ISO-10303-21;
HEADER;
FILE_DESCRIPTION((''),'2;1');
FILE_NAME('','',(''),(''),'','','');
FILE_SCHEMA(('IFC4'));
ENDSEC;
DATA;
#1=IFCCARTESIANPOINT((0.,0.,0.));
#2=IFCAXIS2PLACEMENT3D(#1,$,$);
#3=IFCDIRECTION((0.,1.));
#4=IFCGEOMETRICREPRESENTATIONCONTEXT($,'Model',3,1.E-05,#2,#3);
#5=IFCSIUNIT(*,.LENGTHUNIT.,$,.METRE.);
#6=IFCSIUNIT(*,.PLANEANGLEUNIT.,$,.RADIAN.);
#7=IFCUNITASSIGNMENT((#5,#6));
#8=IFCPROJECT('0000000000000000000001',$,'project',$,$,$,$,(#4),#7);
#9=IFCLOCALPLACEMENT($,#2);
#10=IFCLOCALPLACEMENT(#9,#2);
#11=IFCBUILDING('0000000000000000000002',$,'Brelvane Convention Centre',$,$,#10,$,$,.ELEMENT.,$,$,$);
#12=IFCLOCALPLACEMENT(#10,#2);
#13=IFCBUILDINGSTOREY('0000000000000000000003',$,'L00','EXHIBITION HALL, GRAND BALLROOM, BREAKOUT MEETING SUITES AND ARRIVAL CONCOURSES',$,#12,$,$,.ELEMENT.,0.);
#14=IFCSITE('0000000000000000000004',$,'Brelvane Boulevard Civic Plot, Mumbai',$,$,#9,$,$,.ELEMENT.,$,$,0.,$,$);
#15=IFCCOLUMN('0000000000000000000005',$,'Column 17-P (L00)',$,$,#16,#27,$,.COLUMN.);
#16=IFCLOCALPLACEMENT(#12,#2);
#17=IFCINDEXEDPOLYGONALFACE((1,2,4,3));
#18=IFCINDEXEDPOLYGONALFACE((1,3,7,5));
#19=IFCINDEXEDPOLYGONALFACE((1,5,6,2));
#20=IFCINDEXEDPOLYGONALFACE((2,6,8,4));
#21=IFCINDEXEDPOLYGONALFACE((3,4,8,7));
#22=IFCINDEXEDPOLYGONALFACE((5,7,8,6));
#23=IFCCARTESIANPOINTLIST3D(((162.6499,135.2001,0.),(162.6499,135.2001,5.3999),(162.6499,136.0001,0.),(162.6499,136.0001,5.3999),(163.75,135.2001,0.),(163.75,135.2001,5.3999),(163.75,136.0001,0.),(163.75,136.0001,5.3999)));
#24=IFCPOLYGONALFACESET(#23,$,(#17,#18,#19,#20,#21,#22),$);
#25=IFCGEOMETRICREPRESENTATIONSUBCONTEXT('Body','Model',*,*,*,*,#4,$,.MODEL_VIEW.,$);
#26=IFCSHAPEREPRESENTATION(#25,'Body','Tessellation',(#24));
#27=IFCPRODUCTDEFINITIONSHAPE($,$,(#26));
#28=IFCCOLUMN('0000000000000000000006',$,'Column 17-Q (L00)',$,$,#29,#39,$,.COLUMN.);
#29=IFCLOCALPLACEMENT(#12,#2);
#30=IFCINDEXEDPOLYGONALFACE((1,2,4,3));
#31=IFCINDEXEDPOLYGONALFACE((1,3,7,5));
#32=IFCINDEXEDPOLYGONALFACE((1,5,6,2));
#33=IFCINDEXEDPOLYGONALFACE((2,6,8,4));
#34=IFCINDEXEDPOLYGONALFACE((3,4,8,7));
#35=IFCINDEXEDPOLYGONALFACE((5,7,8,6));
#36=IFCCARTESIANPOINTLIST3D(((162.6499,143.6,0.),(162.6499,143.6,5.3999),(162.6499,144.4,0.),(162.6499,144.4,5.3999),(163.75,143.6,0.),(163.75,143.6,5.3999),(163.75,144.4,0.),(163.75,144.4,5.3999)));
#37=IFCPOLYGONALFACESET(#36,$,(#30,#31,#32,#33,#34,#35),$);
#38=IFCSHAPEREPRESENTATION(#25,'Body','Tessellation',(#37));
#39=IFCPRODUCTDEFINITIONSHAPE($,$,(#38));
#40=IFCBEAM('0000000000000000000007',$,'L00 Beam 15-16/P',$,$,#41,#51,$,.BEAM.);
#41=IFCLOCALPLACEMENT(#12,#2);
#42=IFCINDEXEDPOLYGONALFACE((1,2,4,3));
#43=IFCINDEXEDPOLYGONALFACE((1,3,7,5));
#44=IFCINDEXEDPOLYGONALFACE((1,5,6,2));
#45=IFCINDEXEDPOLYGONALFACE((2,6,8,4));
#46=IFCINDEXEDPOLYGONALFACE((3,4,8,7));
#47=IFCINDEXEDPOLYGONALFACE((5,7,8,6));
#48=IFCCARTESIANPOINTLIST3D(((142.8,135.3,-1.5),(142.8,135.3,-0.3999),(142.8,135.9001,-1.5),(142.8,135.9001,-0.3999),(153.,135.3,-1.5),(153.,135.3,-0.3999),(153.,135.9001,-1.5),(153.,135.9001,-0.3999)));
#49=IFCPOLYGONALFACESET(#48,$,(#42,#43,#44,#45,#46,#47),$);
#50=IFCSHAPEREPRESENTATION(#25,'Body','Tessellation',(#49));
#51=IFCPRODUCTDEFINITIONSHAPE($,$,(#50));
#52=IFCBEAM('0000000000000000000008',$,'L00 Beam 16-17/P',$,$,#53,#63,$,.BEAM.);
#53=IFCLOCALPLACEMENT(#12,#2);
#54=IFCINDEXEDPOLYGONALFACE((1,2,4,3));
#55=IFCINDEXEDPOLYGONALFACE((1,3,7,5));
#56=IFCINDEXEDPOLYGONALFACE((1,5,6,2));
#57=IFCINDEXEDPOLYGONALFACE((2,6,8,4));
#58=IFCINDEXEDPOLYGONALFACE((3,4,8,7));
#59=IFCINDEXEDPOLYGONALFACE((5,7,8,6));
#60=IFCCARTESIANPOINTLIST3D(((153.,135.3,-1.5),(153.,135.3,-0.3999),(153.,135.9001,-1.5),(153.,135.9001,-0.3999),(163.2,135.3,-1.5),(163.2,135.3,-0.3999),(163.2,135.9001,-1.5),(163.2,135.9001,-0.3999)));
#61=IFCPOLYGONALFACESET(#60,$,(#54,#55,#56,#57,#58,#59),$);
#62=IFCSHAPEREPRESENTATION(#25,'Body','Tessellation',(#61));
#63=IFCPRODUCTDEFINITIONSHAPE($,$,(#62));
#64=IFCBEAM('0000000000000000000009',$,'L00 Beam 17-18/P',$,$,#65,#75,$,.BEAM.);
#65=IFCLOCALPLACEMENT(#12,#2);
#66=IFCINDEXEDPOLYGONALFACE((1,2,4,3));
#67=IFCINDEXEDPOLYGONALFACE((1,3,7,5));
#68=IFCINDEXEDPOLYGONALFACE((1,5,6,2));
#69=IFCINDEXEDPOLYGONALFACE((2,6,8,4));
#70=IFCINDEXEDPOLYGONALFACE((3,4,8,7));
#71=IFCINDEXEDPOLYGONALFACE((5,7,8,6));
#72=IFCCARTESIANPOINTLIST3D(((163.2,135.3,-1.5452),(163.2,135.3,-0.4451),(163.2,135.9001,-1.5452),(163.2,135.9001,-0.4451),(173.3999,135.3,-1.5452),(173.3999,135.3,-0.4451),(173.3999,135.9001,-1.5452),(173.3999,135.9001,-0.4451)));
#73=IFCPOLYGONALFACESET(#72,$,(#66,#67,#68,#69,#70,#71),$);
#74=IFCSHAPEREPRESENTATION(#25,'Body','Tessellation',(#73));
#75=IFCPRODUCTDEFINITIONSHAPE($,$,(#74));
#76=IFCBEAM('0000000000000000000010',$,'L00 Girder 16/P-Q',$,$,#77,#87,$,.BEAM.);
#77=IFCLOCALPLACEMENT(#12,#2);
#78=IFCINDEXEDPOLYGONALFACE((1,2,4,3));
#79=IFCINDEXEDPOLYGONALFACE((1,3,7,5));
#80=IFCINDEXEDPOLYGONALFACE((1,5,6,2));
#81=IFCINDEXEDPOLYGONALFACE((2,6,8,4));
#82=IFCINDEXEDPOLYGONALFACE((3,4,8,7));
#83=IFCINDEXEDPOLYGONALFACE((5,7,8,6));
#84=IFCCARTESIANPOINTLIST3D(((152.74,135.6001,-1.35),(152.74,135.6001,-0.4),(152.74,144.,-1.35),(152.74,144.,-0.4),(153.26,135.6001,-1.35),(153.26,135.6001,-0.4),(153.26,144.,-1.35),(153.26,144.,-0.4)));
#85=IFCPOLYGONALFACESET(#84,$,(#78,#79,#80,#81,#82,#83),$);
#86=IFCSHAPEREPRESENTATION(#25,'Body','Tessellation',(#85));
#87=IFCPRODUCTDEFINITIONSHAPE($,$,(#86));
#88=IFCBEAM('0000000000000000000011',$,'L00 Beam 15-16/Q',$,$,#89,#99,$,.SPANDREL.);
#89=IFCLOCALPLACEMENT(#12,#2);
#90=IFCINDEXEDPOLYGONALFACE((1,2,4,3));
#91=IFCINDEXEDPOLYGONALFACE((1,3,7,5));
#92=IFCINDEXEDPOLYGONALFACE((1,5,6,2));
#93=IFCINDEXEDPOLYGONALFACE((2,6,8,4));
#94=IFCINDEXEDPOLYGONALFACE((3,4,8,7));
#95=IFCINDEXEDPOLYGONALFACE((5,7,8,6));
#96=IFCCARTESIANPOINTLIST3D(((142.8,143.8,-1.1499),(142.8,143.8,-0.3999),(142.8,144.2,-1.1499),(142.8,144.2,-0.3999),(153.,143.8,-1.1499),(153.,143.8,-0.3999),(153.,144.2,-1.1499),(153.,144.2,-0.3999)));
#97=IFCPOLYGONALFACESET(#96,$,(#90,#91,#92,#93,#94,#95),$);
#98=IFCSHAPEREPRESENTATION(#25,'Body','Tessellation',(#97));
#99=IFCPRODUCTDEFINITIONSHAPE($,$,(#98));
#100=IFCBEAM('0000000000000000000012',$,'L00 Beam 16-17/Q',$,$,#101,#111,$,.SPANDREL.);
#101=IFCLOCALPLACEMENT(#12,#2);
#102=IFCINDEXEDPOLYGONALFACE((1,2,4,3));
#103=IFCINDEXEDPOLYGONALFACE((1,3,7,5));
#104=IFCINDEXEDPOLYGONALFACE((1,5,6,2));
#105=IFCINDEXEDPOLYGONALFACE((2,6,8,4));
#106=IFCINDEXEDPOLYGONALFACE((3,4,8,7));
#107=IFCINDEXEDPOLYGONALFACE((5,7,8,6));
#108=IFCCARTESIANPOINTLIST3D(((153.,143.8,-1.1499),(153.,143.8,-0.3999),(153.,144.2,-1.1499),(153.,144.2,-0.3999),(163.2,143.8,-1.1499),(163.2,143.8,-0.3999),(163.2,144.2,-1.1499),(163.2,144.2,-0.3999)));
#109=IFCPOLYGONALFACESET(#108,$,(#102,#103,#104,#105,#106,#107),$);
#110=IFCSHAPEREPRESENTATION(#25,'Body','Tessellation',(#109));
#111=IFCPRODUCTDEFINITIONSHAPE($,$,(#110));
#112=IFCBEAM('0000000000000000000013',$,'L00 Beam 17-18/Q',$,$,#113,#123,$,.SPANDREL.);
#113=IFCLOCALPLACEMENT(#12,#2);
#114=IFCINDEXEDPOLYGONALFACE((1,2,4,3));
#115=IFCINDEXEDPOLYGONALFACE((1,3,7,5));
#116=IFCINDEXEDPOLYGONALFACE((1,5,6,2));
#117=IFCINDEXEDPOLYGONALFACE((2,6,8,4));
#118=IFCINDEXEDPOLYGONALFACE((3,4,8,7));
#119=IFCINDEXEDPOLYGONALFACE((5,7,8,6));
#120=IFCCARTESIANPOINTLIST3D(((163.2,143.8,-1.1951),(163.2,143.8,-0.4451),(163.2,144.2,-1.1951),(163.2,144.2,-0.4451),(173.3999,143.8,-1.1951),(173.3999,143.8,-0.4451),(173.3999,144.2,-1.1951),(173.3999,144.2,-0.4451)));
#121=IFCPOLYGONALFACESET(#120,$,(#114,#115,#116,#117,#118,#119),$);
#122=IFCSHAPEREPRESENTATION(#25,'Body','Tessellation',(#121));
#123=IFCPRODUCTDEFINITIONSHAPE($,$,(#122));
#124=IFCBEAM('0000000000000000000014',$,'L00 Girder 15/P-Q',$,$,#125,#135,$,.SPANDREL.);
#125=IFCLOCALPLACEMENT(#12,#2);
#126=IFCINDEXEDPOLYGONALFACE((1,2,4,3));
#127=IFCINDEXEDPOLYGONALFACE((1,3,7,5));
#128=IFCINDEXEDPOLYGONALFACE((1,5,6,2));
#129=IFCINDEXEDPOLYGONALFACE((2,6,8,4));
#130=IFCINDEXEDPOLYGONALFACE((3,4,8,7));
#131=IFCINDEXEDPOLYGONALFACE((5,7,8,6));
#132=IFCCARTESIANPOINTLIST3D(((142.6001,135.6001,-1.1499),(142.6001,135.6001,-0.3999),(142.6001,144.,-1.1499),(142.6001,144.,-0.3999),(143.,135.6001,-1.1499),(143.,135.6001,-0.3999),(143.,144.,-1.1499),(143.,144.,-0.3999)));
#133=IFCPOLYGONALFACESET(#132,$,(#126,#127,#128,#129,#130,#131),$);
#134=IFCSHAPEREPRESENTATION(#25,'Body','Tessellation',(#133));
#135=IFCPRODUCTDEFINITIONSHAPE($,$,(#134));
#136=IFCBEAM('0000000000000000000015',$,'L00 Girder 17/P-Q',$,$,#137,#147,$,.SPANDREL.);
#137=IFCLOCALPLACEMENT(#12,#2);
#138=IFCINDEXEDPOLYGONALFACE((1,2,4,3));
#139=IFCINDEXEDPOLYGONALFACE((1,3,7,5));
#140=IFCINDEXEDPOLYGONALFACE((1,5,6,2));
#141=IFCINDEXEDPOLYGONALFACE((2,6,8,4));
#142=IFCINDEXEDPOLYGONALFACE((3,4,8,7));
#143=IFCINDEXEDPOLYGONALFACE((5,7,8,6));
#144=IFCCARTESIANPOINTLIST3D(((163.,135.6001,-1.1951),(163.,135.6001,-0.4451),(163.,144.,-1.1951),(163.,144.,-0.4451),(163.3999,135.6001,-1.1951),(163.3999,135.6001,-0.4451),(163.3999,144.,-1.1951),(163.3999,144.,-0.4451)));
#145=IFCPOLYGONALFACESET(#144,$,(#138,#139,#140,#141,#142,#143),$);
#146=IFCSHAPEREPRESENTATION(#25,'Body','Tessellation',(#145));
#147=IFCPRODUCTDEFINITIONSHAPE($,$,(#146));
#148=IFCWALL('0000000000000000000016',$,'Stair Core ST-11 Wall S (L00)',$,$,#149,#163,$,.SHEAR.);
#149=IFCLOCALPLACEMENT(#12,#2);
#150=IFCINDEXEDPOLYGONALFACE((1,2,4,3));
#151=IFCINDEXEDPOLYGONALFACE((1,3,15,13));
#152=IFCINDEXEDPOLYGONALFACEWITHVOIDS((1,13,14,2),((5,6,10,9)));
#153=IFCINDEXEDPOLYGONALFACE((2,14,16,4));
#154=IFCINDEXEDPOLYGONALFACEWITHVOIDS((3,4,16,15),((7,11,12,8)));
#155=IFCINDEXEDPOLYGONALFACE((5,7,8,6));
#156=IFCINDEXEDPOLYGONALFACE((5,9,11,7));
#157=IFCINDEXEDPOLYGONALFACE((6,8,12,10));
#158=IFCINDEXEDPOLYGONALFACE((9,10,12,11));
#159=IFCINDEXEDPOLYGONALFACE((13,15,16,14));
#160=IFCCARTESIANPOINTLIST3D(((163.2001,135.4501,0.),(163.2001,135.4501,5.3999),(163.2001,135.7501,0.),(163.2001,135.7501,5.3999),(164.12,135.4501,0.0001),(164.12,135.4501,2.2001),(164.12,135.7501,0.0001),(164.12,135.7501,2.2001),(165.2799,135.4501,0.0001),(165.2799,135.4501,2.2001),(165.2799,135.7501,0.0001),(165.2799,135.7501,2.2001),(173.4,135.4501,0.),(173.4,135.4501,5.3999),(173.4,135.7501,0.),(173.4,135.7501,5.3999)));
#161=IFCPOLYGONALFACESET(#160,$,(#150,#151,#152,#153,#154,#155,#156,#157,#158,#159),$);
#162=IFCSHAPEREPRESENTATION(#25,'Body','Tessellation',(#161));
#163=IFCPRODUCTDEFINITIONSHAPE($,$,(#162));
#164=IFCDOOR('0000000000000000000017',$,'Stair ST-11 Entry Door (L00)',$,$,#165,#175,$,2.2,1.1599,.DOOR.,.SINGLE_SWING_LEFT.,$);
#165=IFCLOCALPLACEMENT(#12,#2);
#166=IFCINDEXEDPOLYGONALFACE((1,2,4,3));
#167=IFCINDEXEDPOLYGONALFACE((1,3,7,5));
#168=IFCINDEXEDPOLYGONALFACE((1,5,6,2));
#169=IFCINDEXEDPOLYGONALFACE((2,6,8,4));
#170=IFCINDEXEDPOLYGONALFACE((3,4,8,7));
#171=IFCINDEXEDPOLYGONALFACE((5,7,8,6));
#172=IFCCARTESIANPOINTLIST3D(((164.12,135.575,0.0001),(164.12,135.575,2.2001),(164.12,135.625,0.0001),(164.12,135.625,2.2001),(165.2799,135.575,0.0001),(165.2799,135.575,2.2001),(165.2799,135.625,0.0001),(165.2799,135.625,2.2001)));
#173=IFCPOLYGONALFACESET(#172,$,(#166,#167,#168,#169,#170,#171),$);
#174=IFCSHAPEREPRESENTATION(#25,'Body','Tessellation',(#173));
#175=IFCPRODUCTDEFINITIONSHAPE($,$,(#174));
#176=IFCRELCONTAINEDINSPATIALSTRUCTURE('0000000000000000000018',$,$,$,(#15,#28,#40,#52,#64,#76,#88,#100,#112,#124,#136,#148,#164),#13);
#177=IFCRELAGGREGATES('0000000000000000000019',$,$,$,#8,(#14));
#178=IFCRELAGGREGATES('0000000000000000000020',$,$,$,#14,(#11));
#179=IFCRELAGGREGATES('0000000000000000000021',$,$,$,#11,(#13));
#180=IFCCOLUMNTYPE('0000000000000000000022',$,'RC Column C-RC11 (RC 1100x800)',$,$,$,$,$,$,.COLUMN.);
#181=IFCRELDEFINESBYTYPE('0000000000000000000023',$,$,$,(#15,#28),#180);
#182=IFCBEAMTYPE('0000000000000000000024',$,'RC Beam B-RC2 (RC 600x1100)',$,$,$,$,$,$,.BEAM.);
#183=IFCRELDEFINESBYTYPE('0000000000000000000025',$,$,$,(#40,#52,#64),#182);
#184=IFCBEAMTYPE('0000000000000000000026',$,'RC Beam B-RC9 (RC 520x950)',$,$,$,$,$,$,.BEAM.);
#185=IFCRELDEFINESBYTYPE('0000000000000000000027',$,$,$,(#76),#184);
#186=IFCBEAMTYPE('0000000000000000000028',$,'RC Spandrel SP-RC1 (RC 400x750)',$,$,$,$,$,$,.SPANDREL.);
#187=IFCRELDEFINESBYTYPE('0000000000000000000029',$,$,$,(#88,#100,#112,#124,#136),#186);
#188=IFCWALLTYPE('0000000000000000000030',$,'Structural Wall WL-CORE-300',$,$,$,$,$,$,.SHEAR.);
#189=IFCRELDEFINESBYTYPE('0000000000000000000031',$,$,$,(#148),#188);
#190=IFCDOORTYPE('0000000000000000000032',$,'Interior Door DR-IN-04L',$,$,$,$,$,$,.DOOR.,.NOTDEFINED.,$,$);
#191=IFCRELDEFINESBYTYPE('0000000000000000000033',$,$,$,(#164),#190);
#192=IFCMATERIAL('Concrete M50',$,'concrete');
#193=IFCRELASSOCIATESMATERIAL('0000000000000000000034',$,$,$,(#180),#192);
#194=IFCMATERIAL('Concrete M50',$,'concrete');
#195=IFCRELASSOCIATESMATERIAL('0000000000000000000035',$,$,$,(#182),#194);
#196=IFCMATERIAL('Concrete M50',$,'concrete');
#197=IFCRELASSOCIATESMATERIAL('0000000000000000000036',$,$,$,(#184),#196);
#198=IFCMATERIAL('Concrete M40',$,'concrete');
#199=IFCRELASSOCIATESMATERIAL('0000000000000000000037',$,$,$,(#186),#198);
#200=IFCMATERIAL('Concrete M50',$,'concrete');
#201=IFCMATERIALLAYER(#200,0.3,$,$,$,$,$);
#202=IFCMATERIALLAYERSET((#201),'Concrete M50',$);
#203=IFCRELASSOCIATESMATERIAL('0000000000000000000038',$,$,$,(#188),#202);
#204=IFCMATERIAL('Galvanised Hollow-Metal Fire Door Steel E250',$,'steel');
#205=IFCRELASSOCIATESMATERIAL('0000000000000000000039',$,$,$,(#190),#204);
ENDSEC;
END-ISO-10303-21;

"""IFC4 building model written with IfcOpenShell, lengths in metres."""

from ifc_helpers import new_model, si_unit, direction, frame, frame_2d, origin, origin_2d, place, context, subcontext, project, spatial, rectangle, extrude, material, layer, layer_set, material_profile, profile_set, type_object, element, fill, save


model = new_model("IFC4")

# Units and contexts
model_context = context("Model", 3, precision=1e-05, world=origin(), true_north=direction((0.0, 1.0)))
body_context = subcontext(model_context, "Body", "Model", "MODEL_VIEW")
ifc_project = project(units=[si_unit("LENGTHUNIT", "METRE"), si_unit("PLANEANGLEUNIT", "RADIAN")], contexts=[model_context])

# Site, building, storey
site_placement = place(None, origin())
site = spatial("IfcSite", under=ifc_project, at=site_placement, Name="Brelvane Boulevard Civic Plot, Mumbai", CompositionType="ELEMENT", RefElevation=0.0)
building_placement = place(site_placement, origin())
building = spatial("IfcBuilding", under=site, at=building_placement, Name="Brelvane Convention Centre", CompositionType="ELEMENT")
storey_placement = place(building_placement, origin())
storey = spatial("IfcBuildingStorey", under=building, at=storey_placement, Name="L00", Description="EXHIBITION HALL, GRAND BALLROOM, BREAKOUT MEETING SUITES AND ARRIVAL CONCOURSES", CompositionType="ELEMENT", Elevation=0.0)

# Columns
ifc_material_1 = material(Name="Concrete M50", Category="concrete")
ifc_material_profile_1 = material_profile(ifc_material_1, rectangle(XDim=1.1001, YDim=0.8, at=origin_2d()), Name="RC 1100x800")
ifc_profile_set_1 = profile_set([ifc_material_profile_1], Name="Concrete M50")
column_type = type_object("IfcColumnType", Name="RC Column C-RC11 (RC 1100x800)", PredefinedType="COLUMN", material=ifc_profile_set_1)
for number, where, z_axis, x_axis, name in (
    (1, (163.2, 135.6001, 0.0), (0.0, 0.0, 1.0), (1.0, 0.0, 0.0), "Column 17-P (L00)"),
    (2, (163.2, 144.0, 0.0), (0.0, 0.0, 1.0), (1.0, 0.0, 0.0), "Column 17-Q (L00)"),
):
    element("IfcColumn", number, at=place(storey_placement, frame(where, z_axis=z_axis, x_axis=x_axis)), inside=storey, type_object=column_type, Name=name, PredefinedType="COLUMN", context=body_context, shape_type="SweptSolid", body=[
        extrude(rectangle(XDim=1.1001, YDim=0.8, at=origin_2d()), origin(), (0.0, 0.0, 1.0), 5.3999),
    ])

# Beams
ifc_material_2 = material(Name="Concrete M50", Category="concrete")
ifc_material_profile_2 = material_profile(ifc_material_2, rectangle(XDim=0.6001, YDim=1.1001, at=origin_2d()), Name="RC 600x1100")
ifc_profile_set_2 = profile_set([ifc_material_profile_2], Name="Concrete M50")
beam_type_1 = type_object("IfcBeamType", Name="RC Beam B-RC2 (RC 600x1100)", PredefinedType="BEAM", material=ifc_profile_set_2)
for number, where, z_axis, x_axis, name in (
    (3, (142.8, 135.6001, -0.95), (1.0, 0.0, 0.0), (0.0, 1.0, 0.0), "L00 Beam 15-16/P"),
    (4, (153.0, 135.6001, -0.95), (1.0, 0.0, 0.0), (0.0, 1.0, 0.0), "L00 Beam 16-17/P"),
    (5, (163.2, 135.6001, -0.9951), (1.0, 0.0, 0.0), (0.0, 1.0, 0.0), "L00 Beam 17-18/P"),
):
    element("IfcBeam", number, at=place(storey_placement, frame(where, z_axis=z_axis, x_axis=x_axis)), inside=storey, type_object=beam_type_1, Name=name, PredefinedType="BEAM", context=body_context, shape_type="SweptSolid", body=[
        extrude(rectangle(XDim=0.6001, YDim=1.1001, at=origin_2d()), origin(), (0.0, 0.0, 1.0), 10.2),
    ])
ifc_material_3 = material(Name="Concrete M50", Category="concrete")
ifc_material_profile_3 = material_profile(ifc_material_3, rectangle(XDim=0.52, YDim=0.95, at=origin_2d()), Name="RC 520x950")
ifc_profile_set_3 = profile_set([ifc_material_profile_3], Name="Concrete M50")
beam_type_2 = type_object("IfcBeamType", Name="RC Beam B-RC9 (RC 520x950)", PredefinedType="BEAM", material=ifc_profile_set_3)
beam_placement = place(storey_placement, frame((153.0, 135.6001, -0.875), z_axis=(0.0, 1.0, 0.0), x_axis=(-1.0, 0.0, 0.0)))
element("IfcBeam", 6, at=beam_placement, inside=storey, type_object=beam_type_2, Name="L00 Girder 16/P-Q", PredefinedType="BEAM", context=body_context, shape_type="SweptSolid", body=[
    extrude(rectangle(XDim=0.52, YDim=0.95, at=origin_2d()), origin(), (0.0, 0.0, 1.0), 8.3999),
])
ifc_material_4 = material(Name="Concrete M40", Category="concrete")
ifc_material_profile_4 = material_profile(ifc_material_4, rectangle(XDim=0.3999, YDim=0.75, at=origin_2d()), Name="RC 400x750")
ifc_profile_set_4 = profile_set([ifc_material_profile_4], Name="Concrete M40")
beam_type_3 = type_object("IfcBeamType", Name="RC Spandrel SP-RC1 (RC 400x750)", PredefinedType="SPANDREL", material=ifc_profile_set_4)
for number, where, z_axis, x_axis, name in (
    (7, (142.8, 144.0, -0.7749), (1.0, 0.0, 0.0), (0.0, 1.0, 0.0), "L00 Beam 15-16/Q"),
    (8, (153.0, 144.0, -0.7749), (1.0, 0.0, 0.0), (0.0, 1.0, 0.0), "L00 Beam 16-17/Q"),
    (9, (163.2, 144.0, -0.8201), (1.0, 0.0, 0.0), (0.0, 1.0, 0.0), "L00 Beam 17-18/Q"),
):
    element("IfcBeam", number, at=place(storey_placement, frame(where, z_axis=z_axis, x_axis=x_axis)), inside=storey, type_object=beam_type_3, Name=name, PredefinedType="SPANDREL", context=body_context, shape_type="SweptSolid", body=[
        extrude(rectangle(XDim=0.3999, YDim=0.75, at=origin_2d()), origin(), (0.0, 0.0, 1.0), 10.2),
    ])
for number, where, z_axis, x_axis, name in (
    (10, (142.8, 135.6001, -0.7749), (0.0, 1.0, 0.0), (-1.0, 0.0, 0.0), "L00 Girder 15/P-Q"),
    (11, (163.2, 135.6001, -0.8201), (0.0, 1.0, 0.0), (-1.0, 0.0, 0.0), "L00 Girder 17/P-Q"),
):
    element("IfcBeam", number, at=place(storey_placement, frame(where, z_axis=z_axis, x_axis=x_axis)), inside=storey, type_object=beam_type_3, Name=name, PredefinedType="SPANDREL", context=body_context, shape_type="SweptSolid", body=[
        extrude(rectangle(XDim=0.3999, YDim=0.75, at=origin_2d()), origin(), (0.0, 0.0, 1.0), 8.3999),
    ])

# Wall, opening, door
ifc_material_5 = material(Name="Concrete M50", Category="concrete")
ifc_layer = layer(ifc_material_5, 0.3)
ifc_layer_set = layer_set([ifc_layer], Name="Concrete M50")
wall_type = type_object("IfcWallType", Name="Structural Wall WL-CORE-300", PredefinedType="SHEAR", material=ifc_layer_set)
wall_1_placement = place(storey_placement, frame((163.2, 135.6001, 0.0), z_axis=(0.0, 0.0, 1.0), x_axis=(1.0, 0.0, 0.0)))
wall_1 = element("IfcWall", 12, at=wall_1_placement, inside=storey, type_object=wall_type, Name="Stair Core ST-11 Wall S (L00)", PredefinedType="SHEAR", context=body_context, shape_type="SweptSolid", body=[
    extrude(rectangle(XDim=10.2, YDim=0.3, at=frame_2d((5.1001, 0.0))), origin(), (0.0, 0.0, 1.0), 5.3999),
])
opening_1_placement = place(wall_1_placement, frame((0.9199, 0.0, 0.0)))
opening_1 = element("IfcOpeningElement", 13, at=opening_1_placement, cuts=wall_1, PredefinedType="OPENING", context=body_context, shape_type="SweptSolid", body=[
    extrude(rectangle(XDim=1.1599, YDim=2.2, at=frame_2d((0.5801, 1.1001))), frame((0.0, 0.1599, 0.0), z_axis=(0.0, -1.0, 0.0), x_axis=(1.0, 0.0, 0.0)), (0.0, 0.0, 1.0), 0.3201),
])
ifc_material_6 = material(Name="Galvanised Hollow-Metal Fire Door Steel E250", Category="steel")
door_type_1 = type_object("IfcDoorType", Name="Interior Door DR-IN-04L", OperationType="NOTDEFINED", PredefinedType="DOOR", material=ifc_material_6)
door_1_placement = place(opening_1_placement, origin())
door_1 = element("IfcDoor", 14, at=door_1_placement, inside=storey, type_object=door_type_1, Name="Stair ST-11 Entry Door (L00)", OperationType="SINGLE_SWING_LEFT", OverallHeight=2.2, OverallWidth=1.1599, PredefinedType="DOOR", context=body_context, shape_type="SweptSolid", body=[
    extrude(rectangle(XDim=1.1599, YDim=2.2, at=frame_2d((0.5801, 1.1001))), frame((0.0, 0.0249, 0.0), z_axis=(0.0, -1.0, 0.0), x_axis=(1.0, 0.0, 0.0)), (0.0, 0.0, 1.0), 0.05),
])
fill(opening_1, door_1)

save(model, "model.ifc")
